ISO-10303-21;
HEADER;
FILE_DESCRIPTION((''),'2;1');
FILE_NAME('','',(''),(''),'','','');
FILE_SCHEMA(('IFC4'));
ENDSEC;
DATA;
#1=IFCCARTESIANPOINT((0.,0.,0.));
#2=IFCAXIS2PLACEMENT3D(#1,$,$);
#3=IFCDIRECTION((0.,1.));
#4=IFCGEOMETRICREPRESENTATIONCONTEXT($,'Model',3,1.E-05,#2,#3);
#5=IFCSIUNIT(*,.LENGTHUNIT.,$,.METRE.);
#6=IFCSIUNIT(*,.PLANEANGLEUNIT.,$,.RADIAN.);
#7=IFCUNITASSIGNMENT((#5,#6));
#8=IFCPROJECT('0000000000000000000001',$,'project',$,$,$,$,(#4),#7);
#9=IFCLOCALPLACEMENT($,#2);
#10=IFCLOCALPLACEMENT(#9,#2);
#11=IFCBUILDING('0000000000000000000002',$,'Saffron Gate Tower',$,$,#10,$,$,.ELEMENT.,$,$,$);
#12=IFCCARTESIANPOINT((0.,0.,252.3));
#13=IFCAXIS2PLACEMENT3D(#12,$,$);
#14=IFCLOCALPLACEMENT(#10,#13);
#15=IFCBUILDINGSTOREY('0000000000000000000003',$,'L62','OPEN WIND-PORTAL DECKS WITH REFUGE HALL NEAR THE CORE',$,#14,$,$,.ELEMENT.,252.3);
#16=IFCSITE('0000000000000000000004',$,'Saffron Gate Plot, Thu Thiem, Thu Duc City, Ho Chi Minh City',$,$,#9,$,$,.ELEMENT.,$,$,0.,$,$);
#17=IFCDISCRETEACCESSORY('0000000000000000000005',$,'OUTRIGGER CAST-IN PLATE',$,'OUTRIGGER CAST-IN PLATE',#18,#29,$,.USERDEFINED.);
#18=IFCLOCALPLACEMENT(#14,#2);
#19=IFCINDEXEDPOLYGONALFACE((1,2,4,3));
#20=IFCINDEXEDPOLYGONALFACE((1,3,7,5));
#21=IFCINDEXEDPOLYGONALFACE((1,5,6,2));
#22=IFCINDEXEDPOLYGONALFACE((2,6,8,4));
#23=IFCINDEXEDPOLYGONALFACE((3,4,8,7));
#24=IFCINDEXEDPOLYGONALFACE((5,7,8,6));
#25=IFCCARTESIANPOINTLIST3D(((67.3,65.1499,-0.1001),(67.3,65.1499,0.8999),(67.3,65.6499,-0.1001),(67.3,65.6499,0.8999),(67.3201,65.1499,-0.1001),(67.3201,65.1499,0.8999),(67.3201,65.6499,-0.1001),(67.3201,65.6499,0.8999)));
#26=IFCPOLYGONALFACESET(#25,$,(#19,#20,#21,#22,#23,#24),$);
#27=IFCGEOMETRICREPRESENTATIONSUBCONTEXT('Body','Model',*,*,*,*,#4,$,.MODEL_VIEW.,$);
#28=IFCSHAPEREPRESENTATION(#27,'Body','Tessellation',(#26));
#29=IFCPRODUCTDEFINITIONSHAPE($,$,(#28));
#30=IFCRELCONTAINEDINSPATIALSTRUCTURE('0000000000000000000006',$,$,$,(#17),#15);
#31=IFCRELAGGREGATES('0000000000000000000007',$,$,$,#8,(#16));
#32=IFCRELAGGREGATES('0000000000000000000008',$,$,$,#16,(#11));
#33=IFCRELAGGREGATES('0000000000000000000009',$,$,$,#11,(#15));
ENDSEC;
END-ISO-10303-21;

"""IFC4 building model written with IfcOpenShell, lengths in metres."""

from ifc_helpers import new_model, si_unit, direction, frame, origin, origin_2d, place, context, subcontext, project, spatial, rectangle, extrude, element, save


model = new_model("IFC4")

# Units and contexts
model_context = context("Model", 3, precision=1e-05, world=origin(), true_north=direction((0.0, 1.0)))
body_context = subcontext(model_context, "Body", "Model", "MODEL_VIEW")
ifc_project = project(units=[si_unit("LENGTHUNIT", "METRE"), si_unit("PLANEANGLEUNIT", "RADIAN")], contexts=[model_context])

# Site, building, storey
site_placement = place(None, origin())
site = spatial("IfcSite", under=ifc_project, at=site_placement, Name="Saffron Gate Plot, Thu Thiem, Thu Duc City, Ho Chi Minh City", CompositionType="ELEMENT", RefElevation=0.0)
building_placement = place(site_placement, origin())
building = spatial("IfcBuilding", under=site, at=building_placement, Name="Saffron Gate Tower", CompositionType="ELEMENT")
storey_placement = place(building_placement, frame((0.0, 0.0, 252.3)))
storey = spatial("IfcBuildingStorey", under=building, at=storey_placement, Name="L62", Description="OPEN WIND-PORTAL DECKS WITH REFUGE HALL NEAR THE CORE", CompositionType="ELEMENT", Elevation=252.3)

# Discrete accessory
discrete_accessory_placement = place(storey_placement, frame((67.3101, 65.3999, -0.1001), z_axis=(0.0, 0.0, 1.0), x_axis=(1.0, 0.0, 0.0)))
element("IfcDiscreteAccessory", 1, at=discrete_accessory_placement, inside=storey, Name="OUTRIGGER CAST-IN PLATE", ObjectType="OUTRIGGER CAST-IN PLATE", PredefinedType="USERDEFINED", context=body_context, shape_type="SweptSolid", body=[
    extrude(rectangle(XDim=0.02, YDim=0.5, at=origin_2d()), origin(), (0.0, 0.0, 1.0), 1.0),
])

save(model, "model.ifc")
